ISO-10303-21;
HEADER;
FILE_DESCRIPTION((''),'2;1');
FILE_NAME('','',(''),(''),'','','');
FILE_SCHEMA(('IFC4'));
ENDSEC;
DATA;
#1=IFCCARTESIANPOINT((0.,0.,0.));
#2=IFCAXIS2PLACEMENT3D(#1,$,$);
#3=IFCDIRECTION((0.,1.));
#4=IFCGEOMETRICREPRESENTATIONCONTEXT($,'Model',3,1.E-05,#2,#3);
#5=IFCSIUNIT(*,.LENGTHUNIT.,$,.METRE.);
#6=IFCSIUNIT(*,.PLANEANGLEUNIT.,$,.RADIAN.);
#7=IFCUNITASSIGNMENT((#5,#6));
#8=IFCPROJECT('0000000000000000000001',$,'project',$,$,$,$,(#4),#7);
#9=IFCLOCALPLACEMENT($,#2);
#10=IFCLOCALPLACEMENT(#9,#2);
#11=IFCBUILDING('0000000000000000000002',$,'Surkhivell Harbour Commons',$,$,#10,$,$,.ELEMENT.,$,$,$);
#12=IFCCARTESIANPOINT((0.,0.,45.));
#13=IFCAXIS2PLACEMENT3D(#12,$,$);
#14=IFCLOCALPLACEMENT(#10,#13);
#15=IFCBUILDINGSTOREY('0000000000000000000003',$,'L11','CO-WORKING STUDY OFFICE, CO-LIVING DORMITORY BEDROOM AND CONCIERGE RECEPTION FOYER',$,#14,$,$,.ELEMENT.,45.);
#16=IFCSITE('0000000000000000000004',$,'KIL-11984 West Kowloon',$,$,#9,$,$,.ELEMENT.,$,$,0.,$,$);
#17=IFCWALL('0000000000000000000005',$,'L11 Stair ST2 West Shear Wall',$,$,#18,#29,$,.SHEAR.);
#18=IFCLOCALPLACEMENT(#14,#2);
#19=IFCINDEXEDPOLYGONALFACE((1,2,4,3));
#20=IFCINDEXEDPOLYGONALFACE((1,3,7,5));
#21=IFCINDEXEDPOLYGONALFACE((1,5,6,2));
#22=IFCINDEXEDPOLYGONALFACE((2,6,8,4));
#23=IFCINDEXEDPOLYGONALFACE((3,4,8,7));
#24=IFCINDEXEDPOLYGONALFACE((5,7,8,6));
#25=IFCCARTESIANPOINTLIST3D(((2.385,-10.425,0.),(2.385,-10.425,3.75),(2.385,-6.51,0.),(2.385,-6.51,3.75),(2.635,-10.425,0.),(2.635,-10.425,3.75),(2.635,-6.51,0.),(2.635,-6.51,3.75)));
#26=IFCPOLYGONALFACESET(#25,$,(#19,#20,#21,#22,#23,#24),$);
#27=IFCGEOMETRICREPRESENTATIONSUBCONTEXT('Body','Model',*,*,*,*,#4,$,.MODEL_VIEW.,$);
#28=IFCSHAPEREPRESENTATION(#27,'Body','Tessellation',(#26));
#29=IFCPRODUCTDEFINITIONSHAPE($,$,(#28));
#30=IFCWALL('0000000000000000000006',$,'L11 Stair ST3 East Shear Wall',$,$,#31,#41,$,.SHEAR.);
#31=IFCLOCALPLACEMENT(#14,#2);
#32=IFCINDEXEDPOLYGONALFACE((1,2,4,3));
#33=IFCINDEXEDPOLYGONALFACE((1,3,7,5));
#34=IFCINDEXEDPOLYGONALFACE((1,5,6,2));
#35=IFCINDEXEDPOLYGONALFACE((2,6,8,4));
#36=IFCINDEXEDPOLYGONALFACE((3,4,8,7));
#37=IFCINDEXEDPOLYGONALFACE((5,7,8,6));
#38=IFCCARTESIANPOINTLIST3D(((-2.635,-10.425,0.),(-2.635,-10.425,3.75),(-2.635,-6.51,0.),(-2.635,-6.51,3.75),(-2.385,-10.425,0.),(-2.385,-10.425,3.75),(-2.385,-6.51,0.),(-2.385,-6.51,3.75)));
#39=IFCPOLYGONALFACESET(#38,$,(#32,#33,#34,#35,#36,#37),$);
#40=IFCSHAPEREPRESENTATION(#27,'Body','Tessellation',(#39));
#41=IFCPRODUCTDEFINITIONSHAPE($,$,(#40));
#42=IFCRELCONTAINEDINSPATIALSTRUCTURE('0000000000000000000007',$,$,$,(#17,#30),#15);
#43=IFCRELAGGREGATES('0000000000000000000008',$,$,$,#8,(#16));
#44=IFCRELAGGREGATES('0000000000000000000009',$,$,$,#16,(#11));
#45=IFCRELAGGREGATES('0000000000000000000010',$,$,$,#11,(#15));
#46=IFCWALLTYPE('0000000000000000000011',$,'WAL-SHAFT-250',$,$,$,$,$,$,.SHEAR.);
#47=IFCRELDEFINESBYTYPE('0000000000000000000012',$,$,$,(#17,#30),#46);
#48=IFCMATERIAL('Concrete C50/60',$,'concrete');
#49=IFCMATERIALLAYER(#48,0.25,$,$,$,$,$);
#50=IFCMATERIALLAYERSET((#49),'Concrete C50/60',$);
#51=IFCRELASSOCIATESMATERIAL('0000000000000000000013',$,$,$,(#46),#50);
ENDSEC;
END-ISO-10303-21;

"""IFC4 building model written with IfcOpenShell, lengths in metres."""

from ifc_helpers import new_model, si_unit, direction, frame, frame_2d, origin, place, context, subcontext, project, spatial, rectangle, extrude, material, layer, layer_set, type_object, element, save


model = new_model("IFC4")

# Units and contexts
model_context = context("Model", 3, precision=1e-05, world=origin(), true_north=direction((0.0, 1.0)))
body_context = subcontext(model_context, "Body", "Model", "MODEL_VIEW")
ifc_project = project(units=[si_unit("LENGTHUNIT", "METRE"), si_unit("PLANEANGLEUNIT", "RADIAN")], contexts=[model_context])

# Site, building, storey
site_placement = place(None, origin())
site = spatial("IfcSite", under=ifc_project, at=site_placement, Name="KIL-11984 West Kowloon", CompositionType="ELEMENT", RefElevation=0.0)
building_placement = place(site_placement, origin())
building = spatial("IfcBuilding", under=site, at=building_placement, Name="Surkhivell Harbour Commons", CompositionType="ELEMENT")
storey_placement = place(building_placement, frame((0.0, 0.0, 45.0)))
storey = spatial("IfcBuildingStorey", under=building, at=storey_placement, Name="L11", Description="CO-WORKING STUDY OFFICE, CO-LIVING DORMITORY BEDROOM AND CONCIERGE RECEPTION FOYER", CompositionType="ELEMENT", Elevation=45.0)

# Shared definitions
ifc_material_1 = material(Name="Concrete C50/60", Category="concrete")
ifc_layer_1 = layer(ifc_material_1, 0.25)
ifc_layer_set_1 = layer_set([ifc_layer_1], Name="Concrete C50/60")
wall_type_1 = type_object("IfcWallType", Name="WAL-SHAFT-250", PredefinedType="SHEAR", material=ifc_layer_set_1)

# Walls
for number, where, z_axis, x_axis, name in (
    (1, (2.51, -10.425, 0.0), (0.0, 0.0, 1.0), (0.0, 1.0, 0.0), "L11 Stair ST2 West Shear Wall"),
    (2, (-2.51, -10.425, 0.0), (0.0, 0.0, 1.0), (0.0, 1.0, 0.0), "L11 Stair ST3 East Shear Wall"),
):
    element("IfcWall", number, at=place(storey_placement, frame(where, z_axis=z_axis, x_axis=x_axis)), inside=storey, type_object=wall_type_1, Name=name, PredefinedType="SHEAR", context=body_context, shape_type="SweptSolid", body=[
        extrude(rectangle(XDim=3.915, YDim=0.25, at=frame_2d((1.9575, 0.0))), origin(), (0.0, 0.0, 1.0), 3.75),
    ])

save(model, "model.ifc")
